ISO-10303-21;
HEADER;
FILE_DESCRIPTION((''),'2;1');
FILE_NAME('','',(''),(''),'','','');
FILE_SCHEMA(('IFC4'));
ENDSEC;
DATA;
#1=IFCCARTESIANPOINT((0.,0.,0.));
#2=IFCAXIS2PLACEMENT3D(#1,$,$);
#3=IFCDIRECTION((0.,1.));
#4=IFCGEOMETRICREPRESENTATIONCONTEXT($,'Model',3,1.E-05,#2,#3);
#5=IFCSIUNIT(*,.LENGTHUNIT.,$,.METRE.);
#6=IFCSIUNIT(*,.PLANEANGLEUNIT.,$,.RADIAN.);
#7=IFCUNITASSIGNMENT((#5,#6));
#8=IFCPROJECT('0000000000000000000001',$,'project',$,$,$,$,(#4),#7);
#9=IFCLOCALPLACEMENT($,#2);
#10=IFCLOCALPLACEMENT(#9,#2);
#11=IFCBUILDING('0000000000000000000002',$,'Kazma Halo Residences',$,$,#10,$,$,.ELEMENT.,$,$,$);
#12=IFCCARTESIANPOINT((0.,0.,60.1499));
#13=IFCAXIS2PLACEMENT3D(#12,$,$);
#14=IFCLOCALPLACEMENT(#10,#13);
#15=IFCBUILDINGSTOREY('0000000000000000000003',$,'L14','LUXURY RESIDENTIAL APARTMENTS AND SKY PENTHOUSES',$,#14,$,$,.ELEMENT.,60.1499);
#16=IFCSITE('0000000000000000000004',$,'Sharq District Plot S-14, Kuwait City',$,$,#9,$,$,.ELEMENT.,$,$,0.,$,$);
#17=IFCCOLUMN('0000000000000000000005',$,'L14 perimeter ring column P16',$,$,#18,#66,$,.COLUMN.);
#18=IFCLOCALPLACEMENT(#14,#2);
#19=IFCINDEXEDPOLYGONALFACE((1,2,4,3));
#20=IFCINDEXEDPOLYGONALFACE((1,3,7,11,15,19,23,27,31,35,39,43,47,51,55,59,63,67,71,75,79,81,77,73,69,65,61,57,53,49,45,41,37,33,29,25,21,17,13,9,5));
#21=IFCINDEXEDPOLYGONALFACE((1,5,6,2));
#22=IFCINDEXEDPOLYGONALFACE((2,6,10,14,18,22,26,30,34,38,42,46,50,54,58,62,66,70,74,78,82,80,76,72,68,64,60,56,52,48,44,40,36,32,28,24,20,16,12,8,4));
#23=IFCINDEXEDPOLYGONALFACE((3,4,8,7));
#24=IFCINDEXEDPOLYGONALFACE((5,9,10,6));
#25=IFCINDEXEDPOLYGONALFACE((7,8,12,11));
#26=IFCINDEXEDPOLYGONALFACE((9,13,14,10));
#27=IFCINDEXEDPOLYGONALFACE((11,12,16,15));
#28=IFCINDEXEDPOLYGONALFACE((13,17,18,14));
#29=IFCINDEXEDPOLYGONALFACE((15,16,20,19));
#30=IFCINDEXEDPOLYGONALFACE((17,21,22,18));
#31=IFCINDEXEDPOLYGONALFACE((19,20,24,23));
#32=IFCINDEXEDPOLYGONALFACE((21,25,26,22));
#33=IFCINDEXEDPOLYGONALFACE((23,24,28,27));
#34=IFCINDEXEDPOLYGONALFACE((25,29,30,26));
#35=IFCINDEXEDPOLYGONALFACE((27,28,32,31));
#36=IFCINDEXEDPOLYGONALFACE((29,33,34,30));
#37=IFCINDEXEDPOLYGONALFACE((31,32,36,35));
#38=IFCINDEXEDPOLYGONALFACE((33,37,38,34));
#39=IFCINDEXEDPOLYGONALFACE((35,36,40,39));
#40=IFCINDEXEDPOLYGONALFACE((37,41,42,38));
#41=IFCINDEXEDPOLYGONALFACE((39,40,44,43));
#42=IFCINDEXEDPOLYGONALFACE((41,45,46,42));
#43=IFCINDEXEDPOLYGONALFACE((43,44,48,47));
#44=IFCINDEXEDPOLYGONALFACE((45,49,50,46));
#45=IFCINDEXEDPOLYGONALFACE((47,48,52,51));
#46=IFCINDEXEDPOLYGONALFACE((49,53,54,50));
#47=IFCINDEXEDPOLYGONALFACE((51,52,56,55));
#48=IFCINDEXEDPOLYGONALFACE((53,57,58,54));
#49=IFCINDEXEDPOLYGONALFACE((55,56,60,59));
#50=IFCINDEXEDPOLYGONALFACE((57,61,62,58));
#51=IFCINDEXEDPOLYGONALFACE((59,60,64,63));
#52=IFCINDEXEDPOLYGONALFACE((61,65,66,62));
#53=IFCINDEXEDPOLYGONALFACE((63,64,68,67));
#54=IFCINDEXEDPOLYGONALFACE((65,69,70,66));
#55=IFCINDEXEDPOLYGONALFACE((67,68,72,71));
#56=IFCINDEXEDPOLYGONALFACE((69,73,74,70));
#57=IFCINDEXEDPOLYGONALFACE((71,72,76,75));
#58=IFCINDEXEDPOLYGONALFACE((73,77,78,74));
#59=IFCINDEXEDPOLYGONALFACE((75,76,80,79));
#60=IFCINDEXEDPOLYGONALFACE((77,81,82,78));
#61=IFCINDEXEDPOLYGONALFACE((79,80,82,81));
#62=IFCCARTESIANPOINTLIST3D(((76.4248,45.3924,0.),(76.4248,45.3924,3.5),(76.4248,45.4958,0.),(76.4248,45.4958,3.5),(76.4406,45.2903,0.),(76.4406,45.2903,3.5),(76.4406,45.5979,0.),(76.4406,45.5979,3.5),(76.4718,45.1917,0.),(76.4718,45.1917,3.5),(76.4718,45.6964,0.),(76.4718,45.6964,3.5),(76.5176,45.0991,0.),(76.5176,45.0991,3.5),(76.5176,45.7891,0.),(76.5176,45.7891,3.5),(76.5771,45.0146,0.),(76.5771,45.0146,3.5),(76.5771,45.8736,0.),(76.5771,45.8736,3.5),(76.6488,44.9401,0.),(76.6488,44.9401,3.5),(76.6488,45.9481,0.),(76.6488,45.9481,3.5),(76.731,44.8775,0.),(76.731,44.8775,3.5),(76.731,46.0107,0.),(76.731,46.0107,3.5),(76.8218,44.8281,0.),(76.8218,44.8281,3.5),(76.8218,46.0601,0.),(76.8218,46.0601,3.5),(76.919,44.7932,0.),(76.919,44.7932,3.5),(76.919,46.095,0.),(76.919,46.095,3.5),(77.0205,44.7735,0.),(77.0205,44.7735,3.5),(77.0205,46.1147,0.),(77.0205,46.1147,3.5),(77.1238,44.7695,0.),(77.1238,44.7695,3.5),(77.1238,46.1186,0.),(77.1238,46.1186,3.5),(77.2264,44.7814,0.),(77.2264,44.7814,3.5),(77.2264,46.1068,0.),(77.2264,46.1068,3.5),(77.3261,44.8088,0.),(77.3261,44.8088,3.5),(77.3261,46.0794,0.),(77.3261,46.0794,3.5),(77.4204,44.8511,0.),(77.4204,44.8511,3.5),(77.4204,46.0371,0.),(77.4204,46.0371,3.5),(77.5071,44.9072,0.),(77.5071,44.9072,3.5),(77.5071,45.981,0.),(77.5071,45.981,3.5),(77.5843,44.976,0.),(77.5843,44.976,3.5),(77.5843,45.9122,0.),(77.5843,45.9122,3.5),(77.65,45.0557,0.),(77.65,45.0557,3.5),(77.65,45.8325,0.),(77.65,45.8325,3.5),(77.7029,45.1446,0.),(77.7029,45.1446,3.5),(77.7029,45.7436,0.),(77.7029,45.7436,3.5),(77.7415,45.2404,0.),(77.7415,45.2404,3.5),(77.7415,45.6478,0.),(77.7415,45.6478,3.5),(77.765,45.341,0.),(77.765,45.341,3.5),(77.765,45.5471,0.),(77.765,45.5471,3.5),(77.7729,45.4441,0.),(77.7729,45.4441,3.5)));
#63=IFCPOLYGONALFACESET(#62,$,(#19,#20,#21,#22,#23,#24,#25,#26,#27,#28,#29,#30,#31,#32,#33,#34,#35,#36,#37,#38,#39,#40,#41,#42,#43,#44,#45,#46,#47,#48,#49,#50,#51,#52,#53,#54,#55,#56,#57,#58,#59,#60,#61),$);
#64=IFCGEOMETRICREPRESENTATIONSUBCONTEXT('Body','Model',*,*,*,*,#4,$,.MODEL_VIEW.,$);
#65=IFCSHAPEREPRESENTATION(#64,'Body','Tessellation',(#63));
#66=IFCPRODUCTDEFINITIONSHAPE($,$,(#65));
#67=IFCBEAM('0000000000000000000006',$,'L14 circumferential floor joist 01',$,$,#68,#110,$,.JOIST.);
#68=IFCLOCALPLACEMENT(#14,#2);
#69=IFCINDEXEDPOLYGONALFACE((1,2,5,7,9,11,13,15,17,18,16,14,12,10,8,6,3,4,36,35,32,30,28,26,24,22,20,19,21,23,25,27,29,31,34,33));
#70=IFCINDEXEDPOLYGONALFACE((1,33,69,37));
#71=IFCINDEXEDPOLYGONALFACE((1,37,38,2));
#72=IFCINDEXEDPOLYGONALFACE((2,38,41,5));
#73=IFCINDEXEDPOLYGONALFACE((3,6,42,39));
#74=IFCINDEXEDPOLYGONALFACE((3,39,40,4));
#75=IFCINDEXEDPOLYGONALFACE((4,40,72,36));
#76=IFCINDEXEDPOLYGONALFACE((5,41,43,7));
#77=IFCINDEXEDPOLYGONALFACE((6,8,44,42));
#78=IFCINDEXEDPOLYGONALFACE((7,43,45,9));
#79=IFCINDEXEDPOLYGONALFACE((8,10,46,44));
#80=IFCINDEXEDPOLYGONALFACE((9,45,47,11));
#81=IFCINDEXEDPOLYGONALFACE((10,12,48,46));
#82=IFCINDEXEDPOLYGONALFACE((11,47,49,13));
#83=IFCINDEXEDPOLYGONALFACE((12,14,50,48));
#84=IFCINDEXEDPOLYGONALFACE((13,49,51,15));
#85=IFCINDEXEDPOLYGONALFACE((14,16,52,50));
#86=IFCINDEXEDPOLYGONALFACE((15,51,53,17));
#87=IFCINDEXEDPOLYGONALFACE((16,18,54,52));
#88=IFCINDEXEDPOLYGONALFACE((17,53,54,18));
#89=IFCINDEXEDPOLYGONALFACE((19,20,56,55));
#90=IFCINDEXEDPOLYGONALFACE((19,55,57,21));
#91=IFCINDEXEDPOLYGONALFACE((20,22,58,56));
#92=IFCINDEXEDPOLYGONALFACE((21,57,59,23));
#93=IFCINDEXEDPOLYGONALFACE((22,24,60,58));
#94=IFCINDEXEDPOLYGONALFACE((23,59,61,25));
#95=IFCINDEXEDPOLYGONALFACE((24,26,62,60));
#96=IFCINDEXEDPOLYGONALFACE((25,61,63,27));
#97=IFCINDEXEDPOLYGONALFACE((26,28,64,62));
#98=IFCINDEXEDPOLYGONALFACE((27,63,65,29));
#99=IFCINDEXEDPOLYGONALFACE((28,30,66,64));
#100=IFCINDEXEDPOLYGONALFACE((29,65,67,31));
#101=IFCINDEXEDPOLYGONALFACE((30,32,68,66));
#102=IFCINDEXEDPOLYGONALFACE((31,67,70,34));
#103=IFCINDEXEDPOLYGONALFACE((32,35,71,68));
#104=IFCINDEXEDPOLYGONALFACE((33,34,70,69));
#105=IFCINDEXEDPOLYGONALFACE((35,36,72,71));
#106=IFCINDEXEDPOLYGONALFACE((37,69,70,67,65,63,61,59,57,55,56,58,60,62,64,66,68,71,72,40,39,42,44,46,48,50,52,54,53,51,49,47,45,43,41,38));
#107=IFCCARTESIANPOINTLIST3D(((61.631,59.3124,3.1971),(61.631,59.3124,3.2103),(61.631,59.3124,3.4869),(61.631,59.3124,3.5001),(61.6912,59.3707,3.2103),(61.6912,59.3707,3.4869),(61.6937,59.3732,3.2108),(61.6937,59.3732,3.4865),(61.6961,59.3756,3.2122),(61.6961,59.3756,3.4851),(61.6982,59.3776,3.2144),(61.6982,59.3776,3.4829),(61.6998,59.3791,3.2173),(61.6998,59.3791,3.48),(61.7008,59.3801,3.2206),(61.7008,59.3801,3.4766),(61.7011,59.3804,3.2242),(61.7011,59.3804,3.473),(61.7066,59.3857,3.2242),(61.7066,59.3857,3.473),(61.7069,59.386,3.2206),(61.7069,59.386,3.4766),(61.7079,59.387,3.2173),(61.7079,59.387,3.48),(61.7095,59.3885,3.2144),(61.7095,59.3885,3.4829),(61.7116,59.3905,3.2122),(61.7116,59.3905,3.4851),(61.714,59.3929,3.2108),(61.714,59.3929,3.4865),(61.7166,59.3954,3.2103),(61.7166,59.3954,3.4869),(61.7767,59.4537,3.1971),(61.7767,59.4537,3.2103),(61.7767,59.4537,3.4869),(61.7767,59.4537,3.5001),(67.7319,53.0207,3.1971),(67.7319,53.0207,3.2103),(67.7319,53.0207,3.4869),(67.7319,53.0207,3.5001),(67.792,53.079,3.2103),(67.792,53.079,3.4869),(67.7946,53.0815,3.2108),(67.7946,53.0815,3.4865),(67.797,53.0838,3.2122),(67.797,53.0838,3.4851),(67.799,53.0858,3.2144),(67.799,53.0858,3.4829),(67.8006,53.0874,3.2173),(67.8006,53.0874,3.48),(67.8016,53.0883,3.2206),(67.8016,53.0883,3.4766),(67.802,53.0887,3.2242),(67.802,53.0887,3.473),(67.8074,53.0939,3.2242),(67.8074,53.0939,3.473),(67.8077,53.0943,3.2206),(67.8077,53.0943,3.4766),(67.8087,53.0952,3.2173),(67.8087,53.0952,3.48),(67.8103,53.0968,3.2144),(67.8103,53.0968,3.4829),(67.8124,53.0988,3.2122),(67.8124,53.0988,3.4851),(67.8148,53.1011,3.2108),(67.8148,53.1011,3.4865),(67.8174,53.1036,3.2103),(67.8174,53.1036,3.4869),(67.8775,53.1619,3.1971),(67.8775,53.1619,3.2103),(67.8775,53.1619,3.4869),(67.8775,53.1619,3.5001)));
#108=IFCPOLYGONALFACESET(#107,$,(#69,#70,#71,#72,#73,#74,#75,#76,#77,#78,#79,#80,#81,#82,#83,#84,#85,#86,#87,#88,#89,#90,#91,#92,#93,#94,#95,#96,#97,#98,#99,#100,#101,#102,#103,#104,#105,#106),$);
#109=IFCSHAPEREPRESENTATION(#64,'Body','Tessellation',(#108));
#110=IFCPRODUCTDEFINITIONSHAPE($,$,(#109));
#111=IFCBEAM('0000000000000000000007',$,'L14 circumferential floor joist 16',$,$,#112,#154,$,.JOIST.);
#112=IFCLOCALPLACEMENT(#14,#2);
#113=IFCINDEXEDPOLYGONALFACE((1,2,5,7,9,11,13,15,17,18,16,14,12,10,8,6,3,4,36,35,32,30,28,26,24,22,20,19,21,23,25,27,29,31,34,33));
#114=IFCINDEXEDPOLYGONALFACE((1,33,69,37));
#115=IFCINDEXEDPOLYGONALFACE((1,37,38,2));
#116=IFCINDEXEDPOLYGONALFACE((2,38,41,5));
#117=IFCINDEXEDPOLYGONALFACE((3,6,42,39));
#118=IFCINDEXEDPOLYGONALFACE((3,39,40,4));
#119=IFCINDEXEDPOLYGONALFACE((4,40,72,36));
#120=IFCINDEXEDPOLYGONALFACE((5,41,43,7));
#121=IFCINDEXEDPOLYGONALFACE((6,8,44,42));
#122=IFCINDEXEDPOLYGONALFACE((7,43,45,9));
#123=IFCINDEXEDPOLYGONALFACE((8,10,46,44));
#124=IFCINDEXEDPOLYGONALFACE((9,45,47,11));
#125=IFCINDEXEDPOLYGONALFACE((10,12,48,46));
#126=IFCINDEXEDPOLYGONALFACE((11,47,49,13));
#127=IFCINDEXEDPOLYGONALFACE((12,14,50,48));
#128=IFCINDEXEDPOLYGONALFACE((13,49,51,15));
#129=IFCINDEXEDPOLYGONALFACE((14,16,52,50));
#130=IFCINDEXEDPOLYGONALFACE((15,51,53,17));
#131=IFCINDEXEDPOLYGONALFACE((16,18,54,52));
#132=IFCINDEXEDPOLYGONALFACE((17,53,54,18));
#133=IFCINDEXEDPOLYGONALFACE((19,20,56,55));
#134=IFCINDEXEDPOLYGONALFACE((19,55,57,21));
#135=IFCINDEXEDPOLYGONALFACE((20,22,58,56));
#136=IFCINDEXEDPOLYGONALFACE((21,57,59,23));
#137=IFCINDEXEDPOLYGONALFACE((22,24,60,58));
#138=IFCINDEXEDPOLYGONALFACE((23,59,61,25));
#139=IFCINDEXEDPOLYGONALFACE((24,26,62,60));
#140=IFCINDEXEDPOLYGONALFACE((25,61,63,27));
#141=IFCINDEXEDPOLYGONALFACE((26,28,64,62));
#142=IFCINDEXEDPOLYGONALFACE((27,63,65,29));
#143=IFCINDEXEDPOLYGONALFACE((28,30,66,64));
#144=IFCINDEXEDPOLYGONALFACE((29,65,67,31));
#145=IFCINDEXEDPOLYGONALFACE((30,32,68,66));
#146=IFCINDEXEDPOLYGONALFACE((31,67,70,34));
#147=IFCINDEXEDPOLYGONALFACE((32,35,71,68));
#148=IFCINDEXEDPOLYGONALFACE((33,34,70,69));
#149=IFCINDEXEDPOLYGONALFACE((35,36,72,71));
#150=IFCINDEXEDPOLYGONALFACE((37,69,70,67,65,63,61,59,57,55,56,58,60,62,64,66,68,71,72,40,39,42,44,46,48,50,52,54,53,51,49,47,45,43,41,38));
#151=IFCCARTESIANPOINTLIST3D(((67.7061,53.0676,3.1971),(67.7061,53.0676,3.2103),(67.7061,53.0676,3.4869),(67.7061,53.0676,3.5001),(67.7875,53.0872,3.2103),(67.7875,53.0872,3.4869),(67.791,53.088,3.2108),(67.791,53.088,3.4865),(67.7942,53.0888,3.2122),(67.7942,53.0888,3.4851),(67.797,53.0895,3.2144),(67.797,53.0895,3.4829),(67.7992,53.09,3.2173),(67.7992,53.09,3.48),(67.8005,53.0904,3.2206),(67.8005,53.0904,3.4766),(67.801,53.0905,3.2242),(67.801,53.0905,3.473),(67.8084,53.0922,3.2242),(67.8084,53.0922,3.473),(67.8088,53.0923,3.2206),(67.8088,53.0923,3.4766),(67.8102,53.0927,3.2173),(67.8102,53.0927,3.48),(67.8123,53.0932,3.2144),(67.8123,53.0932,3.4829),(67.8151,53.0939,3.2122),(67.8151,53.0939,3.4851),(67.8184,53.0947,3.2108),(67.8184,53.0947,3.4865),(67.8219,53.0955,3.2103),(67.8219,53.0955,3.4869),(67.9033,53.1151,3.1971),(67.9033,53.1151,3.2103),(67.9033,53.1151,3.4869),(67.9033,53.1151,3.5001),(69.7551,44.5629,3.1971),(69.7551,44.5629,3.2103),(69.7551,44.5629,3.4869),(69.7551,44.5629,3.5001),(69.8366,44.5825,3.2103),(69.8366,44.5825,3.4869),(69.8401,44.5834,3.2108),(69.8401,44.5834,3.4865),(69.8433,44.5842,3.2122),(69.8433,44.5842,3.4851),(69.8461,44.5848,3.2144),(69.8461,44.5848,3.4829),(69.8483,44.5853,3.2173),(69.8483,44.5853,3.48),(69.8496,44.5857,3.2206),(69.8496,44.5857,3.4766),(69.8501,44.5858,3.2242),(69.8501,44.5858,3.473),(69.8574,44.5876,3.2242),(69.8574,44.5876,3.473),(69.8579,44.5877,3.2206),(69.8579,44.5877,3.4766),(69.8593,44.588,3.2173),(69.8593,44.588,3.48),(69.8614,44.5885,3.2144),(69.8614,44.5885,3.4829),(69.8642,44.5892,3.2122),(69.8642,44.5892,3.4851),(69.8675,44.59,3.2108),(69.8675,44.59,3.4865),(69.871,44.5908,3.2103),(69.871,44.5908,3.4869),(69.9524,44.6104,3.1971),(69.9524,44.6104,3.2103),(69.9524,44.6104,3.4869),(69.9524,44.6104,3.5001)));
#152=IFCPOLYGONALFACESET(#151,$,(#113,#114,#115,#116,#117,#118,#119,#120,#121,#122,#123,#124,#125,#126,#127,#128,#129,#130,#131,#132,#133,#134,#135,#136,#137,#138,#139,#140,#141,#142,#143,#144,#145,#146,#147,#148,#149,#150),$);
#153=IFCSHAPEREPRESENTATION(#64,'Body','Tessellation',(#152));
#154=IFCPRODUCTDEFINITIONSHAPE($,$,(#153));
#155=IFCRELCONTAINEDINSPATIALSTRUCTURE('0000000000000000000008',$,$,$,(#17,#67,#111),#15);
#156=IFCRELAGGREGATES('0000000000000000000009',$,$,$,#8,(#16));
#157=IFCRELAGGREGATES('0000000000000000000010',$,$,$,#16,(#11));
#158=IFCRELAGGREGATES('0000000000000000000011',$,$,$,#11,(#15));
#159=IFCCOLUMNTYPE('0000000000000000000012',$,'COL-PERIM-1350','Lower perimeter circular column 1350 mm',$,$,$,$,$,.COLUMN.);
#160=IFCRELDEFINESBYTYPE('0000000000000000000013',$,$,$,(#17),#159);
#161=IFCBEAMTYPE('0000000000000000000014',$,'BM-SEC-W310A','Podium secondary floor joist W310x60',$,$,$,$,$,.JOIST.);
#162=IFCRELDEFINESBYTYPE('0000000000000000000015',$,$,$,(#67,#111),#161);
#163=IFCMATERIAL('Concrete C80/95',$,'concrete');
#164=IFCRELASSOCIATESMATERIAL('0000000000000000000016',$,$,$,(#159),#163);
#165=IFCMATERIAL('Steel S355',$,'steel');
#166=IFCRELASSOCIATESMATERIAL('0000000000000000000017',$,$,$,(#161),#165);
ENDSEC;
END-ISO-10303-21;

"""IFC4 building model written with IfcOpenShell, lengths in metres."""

from ifc_helpers import new_model, si_unit, direction, frame, origin, origin_2d, place, context, subcontext, project, spatial, circle, i_section, extrude, material, material_profile, profile_set, type_object, element, save


model = new_model("IFC4")

# Units and contexts
model_context = context("Model", 3, precision=1e-05, world=origin(), true_north=direction((0.0, 1.0)))
body_context = subcontext(model_context, "Body", "Model", "MODEL_VIEW")
ifc_project = project(units=[si_unit("LENGTHUNIT", "METRE"), si_unit("PLANEANGLEUNIT", "RADIAN")], contexts=[model_context])

# Site, building, storey
site_placement = place(None, origin())
site = spatial("IfcSite", under=ifc_project, at=site_placement, Name="Sharq District Plot S-14, Kuwait City", CompositionType="ELEMENT", RefElevation=0.0)
building_placement = place(site_placement, origin())
building = spatial("IfcBuilding", under=site, at=building_placement, Name="Kazma Halo Residences", CompositionType="ELEMENT")
storey_placement = place(building_placement, frame((0.0, 0.0, 60.1499)))
storey = spatial("IfcBuildingStorey", under=building, at=storey_placement, Name="L14", Description="LUXURY RESIDENTIAL APARTMENTS AND SKY PENTHOUSES", CompositionType="ELEMENT", Elevation=60.1499)

# Column
ifc_material_1 = material(Name="Concrete C80/95", Category="concrete")
ifc_material_profile_1 = material_profile(ifc_material_1, circle(Radius=0.675, at=origin_2d()), Name="CIRC1350")
ifc_profile_set_1 = profile_set([ifc_material_profile_1], Name="Concrete C80/95")
column_type = type_object("IfcColumnType", Name="COL-PERIM-1350", Description="Lower perimeter circular column 1350 mm", PredefinedType="COLUMN", material=ifc_profile_set_1)
column_placement = place(storey_placement, frame((77.0979, 45.4441, 0.0), z_axis=(0.0, 0.0, 1.0), x_axis=(1.0, 0.0, 0.0)))
element("IfcColumn", 1, at=column_placement, inside=storey, type_object=column_type, Name="L14 perimeter ring column P16", PredefinedType="COLUMN", context=body_context, shape_type="SweptSolid", body=[
    extrude(circle(Radius=0.675, at=origin_2d()), origin(), (0.0, 0.0, 1.0), 3.5),
])

# Beams
ifc_material_2 = material(Name="Steel S355", Category="steel")
ifc_material_profile_2 = material_profile(ifc_material_2, i_section(OverallWidth=0.2029, OverallDepth=0.303, WebThickness=0.0076, FlangeThickness=0.0132, FilletRadius=0.0139, at=origin_2d()), Name="W310x60")
ifc_profile_set_2 = profile_set([ifc_material_profile_2], Name="Steel S355")
beam_type_1 = type_object("IfcBeamType", Name="BM-SEC-W310A", Description="Podium secondary floor joist W310x60", PredefinedType="JOIST", material=ifc_profile_set_2)
beam_1_placement = place(storey_placement, frame((67.8047, 53.0913, 3.3486), z_axis=(-0.696131, 0.717915, 0.0), x_axis=(-0.717915, -0.696131, 0.0)))
element("IfcBeam", 2, at=beam_1_placement, inside=storey, type_object=beam_type_1, Name="L14 circumferential floor joist 01", PredefinedType="JOIST", context=body_context, shape_type="SweptSolid", body=[
    extrude(i_section(OverallWidth=0.2029, OverallDepth=0.303, WebThickness=0.0076, FlangeThickness=0.0132, FilletRadius=0.0139, at=origin_2d()), origin(), (0.0, 0.0, 1.0), 8.7639),
])
beam_2_placement = place(storey_placement, frame((69.8538, 44.5867, 3.3486), z_axis=(-0.234233, 0.97218, 0.0), x_axis=(-0.97218, -0.234233, 0.0)))
element("IfcBeam", 3, at=beam_2_placement, inside=storey, type_object=beam_type_1, Name="L14 circumferential floor joist 16", PredefinedType="JOIST", context=body_context, shape_type="SweptSolid", body=[
    extrude(i_section(OverallWidth=0.2029, OverallDepth=0.303, WebThickness=0.0076, FlangeThickness=0.0132, FilletRadius=0.0139, at=origin_2d()), origin(), (0.0, 0.0, 1.0), 8.748),
])

save(model, "model.ifc")
